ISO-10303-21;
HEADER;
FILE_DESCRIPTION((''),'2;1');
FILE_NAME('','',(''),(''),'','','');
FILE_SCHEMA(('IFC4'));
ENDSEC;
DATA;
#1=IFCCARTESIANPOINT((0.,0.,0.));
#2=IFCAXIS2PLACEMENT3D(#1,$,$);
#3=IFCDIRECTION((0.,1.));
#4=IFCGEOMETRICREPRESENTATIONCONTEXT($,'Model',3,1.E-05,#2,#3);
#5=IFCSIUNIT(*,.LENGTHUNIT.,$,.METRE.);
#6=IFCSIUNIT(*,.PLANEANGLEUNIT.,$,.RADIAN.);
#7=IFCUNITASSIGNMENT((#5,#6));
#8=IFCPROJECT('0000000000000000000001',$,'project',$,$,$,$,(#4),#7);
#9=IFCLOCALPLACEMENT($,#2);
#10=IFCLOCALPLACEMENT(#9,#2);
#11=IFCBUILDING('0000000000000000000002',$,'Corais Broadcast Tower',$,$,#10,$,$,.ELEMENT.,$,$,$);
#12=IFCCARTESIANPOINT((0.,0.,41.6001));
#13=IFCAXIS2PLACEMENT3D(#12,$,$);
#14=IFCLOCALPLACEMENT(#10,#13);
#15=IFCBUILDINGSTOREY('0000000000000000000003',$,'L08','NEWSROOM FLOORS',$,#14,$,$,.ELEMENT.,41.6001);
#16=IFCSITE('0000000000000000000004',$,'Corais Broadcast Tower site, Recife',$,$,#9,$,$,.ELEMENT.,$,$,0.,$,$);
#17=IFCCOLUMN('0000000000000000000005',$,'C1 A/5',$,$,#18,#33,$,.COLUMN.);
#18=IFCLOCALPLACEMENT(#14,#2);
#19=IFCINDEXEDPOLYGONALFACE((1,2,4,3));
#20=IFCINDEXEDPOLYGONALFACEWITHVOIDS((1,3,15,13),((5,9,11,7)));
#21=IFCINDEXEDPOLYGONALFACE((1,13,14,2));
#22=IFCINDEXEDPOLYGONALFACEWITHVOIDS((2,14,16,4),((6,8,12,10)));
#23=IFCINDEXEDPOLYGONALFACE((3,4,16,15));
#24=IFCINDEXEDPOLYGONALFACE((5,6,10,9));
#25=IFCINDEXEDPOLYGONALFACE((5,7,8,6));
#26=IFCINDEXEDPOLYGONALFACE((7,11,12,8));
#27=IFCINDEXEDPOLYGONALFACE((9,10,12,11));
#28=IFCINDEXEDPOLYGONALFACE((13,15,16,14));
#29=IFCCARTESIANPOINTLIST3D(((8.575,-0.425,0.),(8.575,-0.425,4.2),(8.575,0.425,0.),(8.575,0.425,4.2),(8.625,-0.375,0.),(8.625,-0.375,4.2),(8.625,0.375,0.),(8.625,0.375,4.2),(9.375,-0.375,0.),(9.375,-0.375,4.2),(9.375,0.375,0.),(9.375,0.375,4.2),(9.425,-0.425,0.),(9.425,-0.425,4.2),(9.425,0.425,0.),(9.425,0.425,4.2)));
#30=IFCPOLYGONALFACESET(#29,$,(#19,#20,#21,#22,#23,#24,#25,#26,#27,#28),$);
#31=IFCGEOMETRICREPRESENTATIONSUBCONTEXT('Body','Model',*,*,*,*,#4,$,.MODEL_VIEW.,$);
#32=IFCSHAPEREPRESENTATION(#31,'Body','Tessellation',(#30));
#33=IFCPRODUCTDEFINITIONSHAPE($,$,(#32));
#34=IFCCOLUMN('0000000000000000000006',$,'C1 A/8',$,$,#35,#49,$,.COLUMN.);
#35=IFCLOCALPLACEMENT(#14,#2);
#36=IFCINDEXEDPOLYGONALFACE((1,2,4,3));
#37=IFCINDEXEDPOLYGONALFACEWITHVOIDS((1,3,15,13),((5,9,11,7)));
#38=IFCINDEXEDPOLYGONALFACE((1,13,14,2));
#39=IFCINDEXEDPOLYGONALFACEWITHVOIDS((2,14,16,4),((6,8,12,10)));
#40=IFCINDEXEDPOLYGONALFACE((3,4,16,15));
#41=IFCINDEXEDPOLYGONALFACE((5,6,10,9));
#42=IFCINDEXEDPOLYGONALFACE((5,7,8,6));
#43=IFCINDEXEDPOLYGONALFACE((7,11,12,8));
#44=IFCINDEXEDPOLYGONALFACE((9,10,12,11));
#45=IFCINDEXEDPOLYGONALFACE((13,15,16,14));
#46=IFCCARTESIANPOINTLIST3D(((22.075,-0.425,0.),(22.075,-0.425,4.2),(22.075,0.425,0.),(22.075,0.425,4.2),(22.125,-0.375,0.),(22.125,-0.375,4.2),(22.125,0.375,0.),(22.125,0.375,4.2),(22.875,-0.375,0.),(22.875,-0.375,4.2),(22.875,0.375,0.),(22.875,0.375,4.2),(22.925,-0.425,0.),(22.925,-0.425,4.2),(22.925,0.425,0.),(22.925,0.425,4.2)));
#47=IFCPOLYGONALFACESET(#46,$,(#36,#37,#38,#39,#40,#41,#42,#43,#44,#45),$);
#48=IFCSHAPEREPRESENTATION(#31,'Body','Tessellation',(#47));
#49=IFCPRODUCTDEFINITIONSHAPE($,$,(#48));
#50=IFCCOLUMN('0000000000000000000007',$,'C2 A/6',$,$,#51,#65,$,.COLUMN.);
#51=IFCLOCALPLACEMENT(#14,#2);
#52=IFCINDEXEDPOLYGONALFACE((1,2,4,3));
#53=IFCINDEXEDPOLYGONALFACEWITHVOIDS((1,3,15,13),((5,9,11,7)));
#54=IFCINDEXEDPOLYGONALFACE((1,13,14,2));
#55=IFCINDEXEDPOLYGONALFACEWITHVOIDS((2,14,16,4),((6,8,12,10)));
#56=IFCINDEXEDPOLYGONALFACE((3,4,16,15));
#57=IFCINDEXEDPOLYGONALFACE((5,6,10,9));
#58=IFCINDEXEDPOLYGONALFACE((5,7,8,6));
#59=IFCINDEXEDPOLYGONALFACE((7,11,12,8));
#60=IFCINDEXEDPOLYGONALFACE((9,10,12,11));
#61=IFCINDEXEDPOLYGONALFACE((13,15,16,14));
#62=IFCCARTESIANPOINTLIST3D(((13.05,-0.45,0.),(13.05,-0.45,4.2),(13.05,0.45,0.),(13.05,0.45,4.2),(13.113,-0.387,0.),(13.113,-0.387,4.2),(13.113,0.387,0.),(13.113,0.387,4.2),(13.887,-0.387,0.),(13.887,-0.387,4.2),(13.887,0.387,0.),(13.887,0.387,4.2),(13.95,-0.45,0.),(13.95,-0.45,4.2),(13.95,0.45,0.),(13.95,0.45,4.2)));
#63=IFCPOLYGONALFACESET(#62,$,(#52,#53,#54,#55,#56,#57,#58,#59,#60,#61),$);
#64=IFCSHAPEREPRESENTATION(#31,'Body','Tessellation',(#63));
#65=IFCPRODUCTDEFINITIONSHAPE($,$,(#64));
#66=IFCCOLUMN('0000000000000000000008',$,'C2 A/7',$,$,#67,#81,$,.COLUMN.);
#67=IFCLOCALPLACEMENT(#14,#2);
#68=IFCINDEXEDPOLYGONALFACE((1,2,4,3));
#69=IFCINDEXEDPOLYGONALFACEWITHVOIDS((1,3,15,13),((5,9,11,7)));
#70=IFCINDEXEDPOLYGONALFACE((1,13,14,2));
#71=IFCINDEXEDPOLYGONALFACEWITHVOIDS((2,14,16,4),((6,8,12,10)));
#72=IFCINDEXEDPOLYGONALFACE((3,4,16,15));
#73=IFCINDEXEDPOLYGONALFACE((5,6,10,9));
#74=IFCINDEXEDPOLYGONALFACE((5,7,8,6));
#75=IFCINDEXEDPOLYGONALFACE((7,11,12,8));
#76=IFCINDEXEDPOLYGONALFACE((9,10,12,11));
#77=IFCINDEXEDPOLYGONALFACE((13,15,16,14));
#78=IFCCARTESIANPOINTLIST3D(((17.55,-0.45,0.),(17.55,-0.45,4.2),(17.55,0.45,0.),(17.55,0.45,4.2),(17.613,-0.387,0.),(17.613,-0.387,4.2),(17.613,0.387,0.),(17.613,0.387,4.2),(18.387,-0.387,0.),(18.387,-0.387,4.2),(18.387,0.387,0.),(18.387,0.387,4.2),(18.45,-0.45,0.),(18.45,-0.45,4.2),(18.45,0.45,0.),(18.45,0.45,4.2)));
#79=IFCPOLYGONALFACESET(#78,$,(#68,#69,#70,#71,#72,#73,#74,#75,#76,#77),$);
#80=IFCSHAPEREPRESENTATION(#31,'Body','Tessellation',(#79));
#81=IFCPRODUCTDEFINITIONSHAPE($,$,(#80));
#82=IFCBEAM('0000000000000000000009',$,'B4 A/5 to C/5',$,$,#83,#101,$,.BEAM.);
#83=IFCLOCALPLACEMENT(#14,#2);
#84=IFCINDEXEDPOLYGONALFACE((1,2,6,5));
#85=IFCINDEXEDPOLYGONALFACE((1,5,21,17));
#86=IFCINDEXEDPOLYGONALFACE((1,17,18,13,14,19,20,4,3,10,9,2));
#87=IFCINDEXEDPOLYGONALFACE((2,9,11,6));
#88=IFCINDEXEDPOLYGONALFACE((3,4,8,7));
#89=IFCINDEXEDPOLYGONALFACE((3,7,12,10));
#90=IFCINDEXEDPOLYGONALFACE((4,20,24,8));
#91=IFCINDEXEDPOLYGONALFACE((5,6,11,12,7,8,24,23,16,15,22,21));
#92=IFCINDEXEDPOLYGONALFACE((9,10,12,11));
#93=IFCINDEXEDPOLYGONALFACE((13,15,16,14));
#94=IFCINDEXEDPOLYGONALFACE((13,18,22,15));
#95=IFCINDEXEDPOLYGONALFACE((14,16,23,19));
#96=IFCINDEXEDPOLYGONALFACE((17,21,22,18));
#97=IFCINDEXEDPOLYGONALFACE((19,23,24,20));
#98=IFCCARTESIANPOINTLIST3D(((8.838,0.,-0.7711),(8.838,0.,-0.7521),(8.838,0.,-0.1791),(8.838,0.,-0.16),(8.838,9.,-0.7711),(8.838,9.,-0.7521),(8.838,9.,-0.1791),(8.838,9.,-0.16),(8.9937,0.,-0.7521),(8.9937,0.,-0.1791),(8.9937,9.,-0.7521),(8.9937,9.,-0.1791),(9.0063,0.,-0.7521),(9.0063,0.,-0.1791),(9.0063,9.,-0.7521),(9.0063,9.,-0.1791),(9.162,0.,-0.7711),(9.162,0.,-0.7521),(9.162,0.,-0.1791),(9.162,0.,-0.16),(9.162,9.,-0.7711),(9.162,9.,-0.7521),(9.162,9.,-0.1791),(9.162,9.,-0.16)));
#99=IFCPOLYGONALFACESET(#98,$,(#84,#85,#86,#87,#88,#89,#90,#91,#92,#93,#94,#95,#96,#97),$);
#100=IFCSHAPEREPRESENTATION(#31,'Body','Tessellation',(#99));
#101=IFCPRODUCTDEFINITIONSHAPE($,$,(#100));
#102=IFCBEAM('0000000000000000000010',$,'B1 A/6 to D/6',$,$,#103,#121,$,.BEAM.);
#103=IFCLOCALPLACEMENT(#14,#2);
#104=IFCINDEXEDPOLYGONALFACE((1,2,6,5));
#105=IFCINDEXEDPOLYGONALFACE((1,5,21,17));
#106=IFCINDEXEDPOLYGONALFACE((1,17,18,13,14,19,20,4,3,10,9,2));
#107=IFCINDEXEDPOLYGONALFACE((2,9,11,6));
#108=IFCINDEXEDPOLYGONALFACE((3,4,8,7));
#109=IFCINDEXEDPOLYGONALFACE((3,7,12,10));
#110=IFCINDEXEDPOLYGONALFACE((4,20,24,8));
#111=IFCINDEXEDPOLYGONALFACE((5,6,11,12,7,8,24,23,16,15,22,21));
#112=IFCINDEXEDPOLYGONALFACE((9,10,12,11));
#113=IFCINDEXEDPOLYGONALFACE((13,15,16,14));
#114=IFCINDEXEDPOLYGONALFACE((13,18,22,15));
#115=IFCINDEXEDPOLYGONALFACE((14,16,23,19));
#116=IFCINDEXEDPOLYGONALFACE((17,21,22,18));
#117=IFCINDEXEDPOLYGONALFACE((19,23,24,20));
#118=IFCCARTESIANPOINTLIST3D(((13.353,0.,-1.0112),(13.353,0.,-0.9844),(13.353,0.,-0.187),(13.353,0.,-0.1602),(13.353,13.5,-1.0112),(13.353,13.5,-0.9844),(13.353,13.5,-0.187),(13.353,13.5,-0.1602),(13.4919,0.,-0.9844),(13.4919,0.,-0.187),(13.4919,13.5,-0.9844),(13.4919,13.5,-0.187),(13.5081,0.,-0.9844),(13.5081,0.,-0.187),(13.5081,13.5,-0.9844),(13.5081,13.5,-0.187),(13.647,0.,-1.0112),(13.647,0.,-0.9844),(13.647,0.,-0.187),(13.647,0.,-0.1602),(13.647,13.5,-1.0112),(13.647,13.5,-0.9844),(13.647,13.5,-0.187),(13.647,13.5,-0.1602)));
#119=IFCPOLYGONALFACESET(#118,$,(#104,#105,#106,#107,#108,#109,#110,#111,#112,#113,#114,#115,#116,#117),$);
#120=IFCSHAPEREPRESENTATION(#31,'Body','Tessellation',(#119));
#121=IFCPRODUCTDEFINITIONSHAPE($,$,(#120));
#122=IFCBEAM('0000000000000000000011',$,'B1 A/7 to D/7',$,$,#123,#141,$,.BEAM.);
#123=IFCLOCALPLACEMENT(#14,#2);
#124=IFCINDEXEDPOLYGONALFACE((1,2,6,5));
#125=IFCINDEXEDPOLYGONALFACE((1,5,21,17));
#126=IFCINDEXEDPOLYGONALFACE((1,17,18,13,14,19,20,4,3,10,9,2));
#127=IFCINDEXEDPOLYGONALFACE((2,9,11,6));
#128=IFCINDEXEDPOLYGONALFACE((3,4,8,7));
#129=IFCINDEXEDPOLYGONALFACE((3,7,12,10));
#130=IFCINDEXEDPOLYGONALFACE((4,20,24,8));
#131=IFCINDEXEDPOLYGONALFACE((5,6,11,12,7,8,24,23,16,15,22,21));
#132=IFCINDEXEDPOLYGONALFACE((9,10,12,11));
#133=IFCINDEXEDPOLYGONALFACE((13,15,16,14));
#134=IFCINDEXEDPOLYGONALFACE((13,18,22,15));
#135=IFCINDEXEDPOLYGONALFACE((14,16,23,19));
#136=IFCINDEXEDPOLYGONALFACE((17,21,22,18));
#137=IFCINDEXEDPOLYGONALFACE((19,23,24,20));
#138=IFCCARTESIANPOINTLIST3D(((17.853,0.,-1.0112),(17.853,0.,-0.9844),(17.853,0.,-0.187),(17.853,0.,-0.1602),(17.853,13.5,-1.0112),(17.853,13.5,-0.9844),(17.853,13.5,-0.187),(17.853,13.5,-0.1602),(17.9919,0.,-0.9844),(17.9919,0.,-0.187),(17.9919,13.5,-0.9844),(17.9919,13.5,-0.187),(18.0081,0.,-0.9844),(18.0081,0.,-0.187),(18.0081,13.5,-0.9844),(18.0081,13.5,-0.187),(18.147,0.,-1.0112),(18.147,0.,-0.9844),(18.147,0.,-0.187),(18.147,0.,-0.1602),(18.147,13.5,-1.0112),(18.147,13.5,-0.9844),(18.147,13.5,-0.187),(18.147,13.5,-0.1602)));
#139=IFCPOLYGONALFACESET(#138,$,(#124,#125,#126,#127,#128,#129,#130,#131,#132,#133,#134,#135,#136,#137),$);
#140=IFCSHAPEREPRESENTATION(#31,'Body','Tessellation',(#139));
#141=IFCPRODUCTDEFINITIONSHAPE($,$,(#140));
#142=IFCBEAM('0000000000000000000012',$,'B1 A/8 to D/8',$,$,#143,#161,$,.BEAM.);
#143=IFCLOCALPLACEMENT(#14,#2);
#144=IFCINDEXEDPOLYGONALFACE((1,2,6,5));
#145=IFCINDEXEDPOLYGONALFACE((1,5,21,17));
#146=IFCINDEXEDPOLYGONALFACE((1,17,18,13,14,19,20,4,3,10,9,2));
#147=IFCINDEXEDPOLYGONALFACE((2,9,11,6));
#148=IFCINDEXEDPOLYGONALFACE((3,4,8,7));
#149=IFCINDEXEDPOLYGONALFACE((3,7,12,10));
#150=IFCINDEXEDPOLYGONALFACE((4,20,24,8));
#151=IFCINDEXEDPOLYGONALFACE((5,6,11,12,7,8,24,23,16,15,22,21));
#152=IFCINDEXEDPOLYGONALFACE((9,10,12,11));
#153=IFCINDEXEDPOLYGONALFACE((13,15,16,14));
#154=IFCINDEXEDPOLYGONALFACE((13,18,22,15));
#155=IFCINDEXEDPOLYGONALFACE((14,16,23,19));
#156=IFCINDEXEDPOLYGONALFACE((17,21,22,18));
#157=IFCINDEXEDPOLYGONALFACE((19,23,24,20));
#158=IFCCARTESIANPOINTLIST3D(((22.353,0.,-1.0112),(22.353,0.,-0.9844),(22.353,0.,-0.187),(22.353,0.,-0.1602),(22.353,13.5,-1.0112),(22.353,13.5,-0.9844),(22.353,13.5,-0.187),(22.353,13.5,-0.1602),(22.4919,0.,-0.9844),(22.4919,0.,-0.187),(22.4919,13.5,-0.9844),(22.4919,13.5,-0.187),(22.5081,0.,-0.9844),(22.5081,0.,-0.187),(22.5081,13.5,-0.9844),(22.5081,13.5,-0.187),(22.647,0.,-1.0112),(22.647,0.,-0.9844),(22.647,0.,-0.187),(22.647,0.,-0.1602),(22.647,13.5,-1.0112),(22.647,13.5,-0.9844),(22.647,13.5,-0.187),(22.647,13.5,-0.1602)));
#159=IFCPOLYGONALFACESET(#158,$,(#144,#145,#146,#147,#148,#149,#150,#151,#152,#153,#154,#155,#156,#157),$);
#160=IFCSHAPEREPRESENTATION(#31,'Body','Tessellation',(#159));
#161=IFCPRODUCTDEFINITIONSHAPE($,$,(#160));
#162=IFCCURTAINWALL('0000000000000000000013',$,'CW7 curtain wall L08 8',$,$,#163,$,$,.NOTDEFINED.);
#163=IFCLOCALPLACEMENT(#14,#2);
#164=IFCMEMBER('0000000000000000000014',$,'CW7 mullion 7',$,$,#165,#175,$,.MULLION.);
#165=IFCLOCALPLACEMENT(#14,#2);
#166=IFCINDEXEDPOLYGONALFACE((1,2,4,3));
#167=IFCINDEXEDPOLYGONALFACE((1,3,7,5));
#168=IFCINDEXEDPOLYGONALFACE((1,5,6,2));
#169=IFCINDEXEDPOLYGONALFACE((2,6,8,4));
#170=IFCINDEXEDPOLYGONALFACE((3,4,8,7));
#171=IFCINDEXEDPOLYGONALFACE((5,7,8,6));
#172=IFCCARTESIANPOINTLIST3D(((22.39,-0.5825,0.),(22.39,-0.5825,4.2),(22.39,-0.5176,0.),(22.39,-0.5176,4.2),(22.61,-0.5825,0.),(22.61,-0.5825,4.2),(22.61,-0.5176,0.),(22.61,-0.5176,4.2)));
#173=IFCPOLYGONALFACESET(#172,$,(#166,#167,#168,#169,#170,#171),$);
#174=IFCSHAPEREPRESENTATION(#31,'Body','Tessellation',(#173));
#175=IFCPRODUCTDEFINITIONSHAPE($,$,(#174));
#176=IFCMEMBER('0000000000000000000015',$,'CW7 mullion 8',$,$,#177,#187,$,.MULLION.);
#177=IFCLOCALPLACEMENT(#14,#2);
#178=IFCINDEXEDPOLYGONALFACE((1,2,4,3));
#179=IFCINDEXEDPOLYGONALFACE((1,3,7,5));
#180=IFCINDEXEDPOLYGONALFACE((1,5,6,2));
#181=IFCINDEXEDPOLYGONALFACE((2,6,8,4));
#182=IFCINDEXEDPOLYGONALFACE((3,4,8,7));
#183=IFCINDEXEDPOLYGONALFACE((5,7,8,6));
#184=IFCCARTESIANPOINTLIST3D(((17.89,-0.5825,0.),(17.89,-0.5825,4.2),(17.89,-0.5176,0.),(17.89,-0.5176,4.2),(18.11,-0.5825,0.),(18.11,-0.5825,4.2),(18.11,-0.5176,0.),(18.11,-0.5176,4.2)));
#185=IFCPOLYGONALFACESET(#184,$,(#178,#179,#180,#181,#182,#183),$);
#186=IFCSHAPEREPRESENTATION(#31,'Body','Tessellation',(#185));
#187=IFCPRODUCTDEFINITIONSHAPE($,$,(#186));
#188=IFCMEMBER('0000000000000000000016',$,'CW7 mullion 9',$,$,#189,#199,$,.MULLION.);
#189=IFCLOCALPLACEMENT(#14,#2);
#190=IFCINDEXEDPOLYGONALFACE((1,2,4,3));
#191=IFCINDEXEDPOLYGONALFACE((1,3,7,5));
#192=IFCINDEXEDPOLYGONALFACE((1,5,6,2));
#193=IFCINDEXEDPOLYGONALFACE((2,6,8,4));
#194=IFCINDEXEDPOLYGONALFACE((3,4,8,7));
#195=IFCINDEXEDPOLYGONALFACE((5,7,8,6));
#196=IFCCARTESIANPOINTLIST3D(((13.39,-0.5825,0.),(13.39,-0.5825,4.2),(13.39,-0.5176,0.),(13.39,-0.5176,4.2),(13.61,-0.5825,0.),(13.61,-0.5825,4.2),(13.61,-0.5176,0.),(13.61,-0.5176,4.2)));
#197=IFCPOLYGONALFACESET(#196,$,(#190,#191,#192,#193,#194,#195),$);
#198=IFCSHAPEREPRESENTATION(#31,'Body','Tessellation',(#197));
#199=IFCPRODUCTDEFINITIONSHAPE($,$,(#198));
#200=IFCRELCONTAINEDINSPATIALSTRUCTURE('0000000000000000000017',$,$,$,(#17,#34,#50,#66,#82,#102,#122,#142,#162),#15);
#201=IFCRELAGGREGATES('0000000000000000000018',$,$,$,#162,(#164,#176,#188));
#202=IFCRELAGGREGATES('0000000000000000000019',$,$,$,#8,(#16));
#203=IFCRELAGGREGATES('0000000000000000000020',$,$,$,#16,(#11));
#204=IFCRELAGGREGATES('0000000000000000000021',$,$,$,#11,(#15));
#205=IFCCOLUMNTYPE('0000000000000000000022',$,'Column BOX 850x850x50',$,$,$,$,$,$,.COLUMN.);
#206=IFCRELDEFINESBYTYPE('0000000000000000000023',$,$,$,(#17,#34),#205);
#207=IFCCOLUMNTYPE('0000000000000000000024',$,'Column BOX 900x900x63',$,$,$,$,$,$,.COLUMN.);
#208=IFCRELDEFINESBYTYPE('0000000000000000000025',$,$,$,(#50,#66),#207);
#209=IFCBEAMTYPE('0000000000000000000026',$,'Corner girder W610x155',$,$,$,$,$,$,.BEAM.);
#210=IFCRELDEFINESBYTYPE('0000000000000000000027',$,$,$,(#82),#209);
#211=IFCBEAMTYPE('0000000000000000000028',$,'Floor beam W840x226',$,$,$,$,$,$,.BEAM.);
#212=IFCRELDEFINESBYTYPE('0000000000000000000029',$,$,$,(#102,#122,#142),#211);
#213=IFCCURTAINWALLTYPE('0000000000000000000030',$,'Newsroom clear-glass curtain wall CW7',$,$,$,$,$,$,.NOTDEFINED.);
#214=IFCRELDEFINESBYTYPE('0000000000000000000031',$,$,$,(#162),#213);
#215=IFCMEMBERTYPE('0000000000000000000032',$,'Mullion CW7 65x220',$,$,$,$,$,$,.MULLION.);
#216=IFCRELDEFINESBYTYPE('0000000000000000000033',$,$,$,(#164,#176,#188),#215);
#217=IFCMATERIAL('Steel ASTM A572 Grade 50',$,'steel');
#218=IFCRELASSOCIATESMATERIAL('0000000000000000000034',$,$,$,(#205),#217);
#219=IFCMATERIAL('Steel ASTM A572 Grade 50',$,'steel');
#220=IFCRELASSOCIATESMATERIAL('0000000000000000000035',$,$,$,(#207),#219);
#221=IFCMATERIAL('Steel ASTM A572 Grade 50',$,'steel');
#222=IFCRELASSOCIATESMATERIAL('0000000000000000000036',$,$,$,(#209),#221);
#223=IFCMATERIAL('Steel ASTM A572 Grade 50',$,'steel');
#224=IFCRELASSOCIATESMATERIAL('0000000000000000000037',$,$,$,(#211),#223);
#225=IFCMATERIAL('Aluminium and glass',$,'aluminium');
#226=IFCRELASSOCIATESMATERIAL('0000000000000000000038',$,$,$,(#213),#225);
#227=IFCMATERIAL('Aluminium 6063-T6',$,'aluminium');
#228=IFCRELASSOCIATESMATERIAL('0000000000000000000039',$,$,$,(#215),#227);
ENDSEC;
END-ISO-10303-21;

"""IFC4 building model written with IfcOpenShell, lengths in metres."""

from ifc_helpers import new_model, si_unit, direction, frame, origin, origin_2d, place, context, subcontext, project, spatial, rectangle, hollow_rectangle, i_section, extrude, material, material_profile, profile_set, type_object, element, aggregate, save


model = new_model("IFC4")

# Units and contexts
model_context = context("Model", 3, precision=1e-05, world=origin(), true_north=direction((0.0, 1.0)))
body_context = subcontext(model_context, "Body", "Model", "MODEL_VIEW")
ifc_project = project(units=[si_unit("LENGTHUNIT", "METRE"), si_unit("PLANEANGLEUNIT", "RADIAN")], contexts=[model_context])

# Site, building, storey
site_placement = place(None, origin())
site = spatial("IfcSite", under=ifc_project, at=site_placement, Name="Corais Broadcast Tower site, Recife", CompositionType="ELEMENT", RefElevation=0.0)
building_placement = place(site_placement, origin())
building = spatial("IfcBuilding", under=site, at=building_placement, Name="Corais Broadcast Tower", CompositionType="ELEMENT")
storey_placement = place(building_placement, frame((0.0, 0.0, 41.6001)))
storey = spatial("IfcBuildingStorey", under=building, at=storey_placement, Name="L08", Description="NEWSROOM FLOORS", CompositionType="ELEMENT", Elevation=41.6001)

# Columns
ifc_material_1 = material(Name="Steel ASTM A572 Grade 50", Category="steel")
ifc_material_profile_1 = material_profile(ifc_material_1, hollow_rectangle(XDim=0.8501, YDim=0.8501, WallThickness=0.05, at=origin_2d()), Name="BOX 850x850x50")
ifc_profile_set_1 = profile_set([ifc_material_profile_1], Name="Steel ASTM A572 Grade 50")
column_type_1 = type_object("IfcColumnType", Name="Column BOX 850x850x50", PredefinedType="COLUMN", material=ifc_profile_set_1)
for number, where, z_axis, x_axis, name in (
    (1, (9.0, 0.0, 0.0), (0.0, 0.0, 1.0), (1.0, 0.0, 0.0), "C1 A/5"),
    (2, (22.5, 0.0, 0.0), (0.0, 0.0, 1.0), (1.0, 0.0, 0.0), "C1 A/8"),
):
    element("IfcColumn", number, at=place(storey_placement, frame(where, z_axis=z_axis, x_axis=x_axis)), inside=storey, type_object=column_type_1, Name=name, PredefinedType="COLUMN", context=body_context, shape_type="SweptSolid", body=[
        extrude(hollow_rectangle(XDim=0.8501, YDim=0.8501, WallThickness=0.05, at=origin_2d()), origin(), (0.0, 0.0, 1.0), 4.2),
    ])
ifc_material_2 = material(Name="Steel ASTM A572 Grade 50", Category="steel")
ifc_material_profile_2 = material_profile(ifc_material_2, hollow_rectangle(XDim=0.8999, YDim=0.8999, WallThickness=0.063, at=origin_2d()), Name="BOX 900x900x63")
ifc_profile_set_2 = profile_set([ifc_material_profile_2], Name="Steel ASTM A572 Grade 50")
column_type_2 = type_object("IfcColumnType", Name="Column BOX 900x900x63", PredefinedType="COLUMN", material=ifc_profile_set_2)
for number, where, z_axis, x_axis, name in (
    (3, (13.5, 0.0, 0.0), (0.0, 0.0, 1.0), (1.0, 0.0, 0.0), "C2 A/6"),
    (4, (18.0, 0.0, 0.0), (0.0, 0.0, 1.0), (1.0, 0.0, 0.0), "C2 A/7"),
):
    element("IfcColumn", number, at=place(storey_placement, frame(where, z_axis=z_axis, x_axis=x_axis)), inside=storey, type_object=column_type_2, Name=name, PredefinedType="COLUMN", context=body_context, shape_type="SweptSolid", body=[
        extrude(hollow_rectangle(XDim=0.8999, YDim=0.8999, WallThickness=0.063, at=origin_2d()), origin(), (0.0, 0.0, 1.0), 4.2),
    ])

# Beams
ifc_material_3 = material(Name="Steel ASTM A572 Grade 50", Category="steel")
ifc_material_profile_3 = material_profile(ifc_material_3, i_section(OverallWidth=0.324, OverallDepth=0.6111, WebThickness=0.0127, FlangeThickness=0.019, at=origin_2d()), Name="W610x155")
ifc_profile_set_3 = profile_set([ifc_material_profile_3], Name="Steel ASTM A572 Grade 50")
beam_type_1 = type_object("IfcBeamType", Name="Corner girder W610x155", PredefinedType="BEAM", material=ifc_profile_set_3)
beam_1_placement = place(storey_placement, frame((9.0, 0.0, -0.4656), z_axis=(0.0, 1.0, 0.0), x_axis=(-1.0, 0.0, 0.0)))
element("IfcBeam", 5, at=beam_1_placement, inside=storey, type_object=beam_type_1, Name="B4 A/5 to C/5", PredefinedType="BEAM", context=body_context, shape_type="SweptSolid", body=[
    extrude(i_section(OverallWidth=0.324, OverallDepth=0.6111, WebThickness=0.0127, FlangeThickness=0.019, at=origin_2d()), origin(), (0.0, 0.0, 1.0), 9.0),
])
ifc_material_4 = material(Name="Steel ASTM A572 Grade 50", Category="steel")
ifc_material_profile_4 = material_profile(ifc_material_4, i_section(OverallWidth=0.2939, OverallDepth=0.8511, WebThickness=0.0161, FlangeThickness=0.0269, at=origin_2d()), Name="W840x226")
ifc_profile_set_4 = profile_set([ifc_material_profile_4], Name="Steel ASTM A572 Grade 50")
beam_type_2 = type_object("IfcBeamType", Name="Floor beam W840x226", PredefinedType="BEAM", material=ifc_profile_set_4)
for number, where, z_axis, x_axis, name in (
    (6, (13.5, 0.0, -0.5857), (0.0, 1.0, 0.0), (-1.0, 0.0, 0.0), "B1 A/6 to D/6"),
    (7, (18.0, 0.0, -0.5857), (0.0, 1.0, 0.0), (-1.0, 0.0, 0.0), "B1 A/7 to D/7"),
    (8, (22.5, 0.0, -0.5857), (0.0, 1.0, 0.0), (-1.0, 0.0, 0.0), "B1 A/8 to D/8"),
):
    element("IfcBeam", number, at=place(storey_placement, frame(where, z_axis=z_axis, x_axis=x_axis)), inside=storey, type_object=beam_type_2, Name=name, PredefinedType="BEAM", context=body_context, shape_type="SweptSolid", body=[
        extrude(i_section(OverallWidth=0.2939, OverallDepth=0.8511, WebThickness=0.0161, FlangeThickness=0.0269, at=origin_2d()), origin(), (0.0, 0.0, 1.0), 13.5),
    ])

# Curtain wall, members
ifc_material_5 = material(Name="Aluminium and glass", Category="aluminium")
curtain_wall_type = type_object("IfcCurtainWallType", Name="Newsroom clear-glass curtain wall CW7", PredefinedType="NOTDEFINED", material=ifc_material_5)
curtain_wall_placement = place(storey_placement, origin())
curtain_wall = element("IfcCurtainWall", 9, at=curtain_wall_placement, inside=storey, type_object=curtain_wall_type, Name="CW7 curtain wall L08 8", PredefinedType="NOTDEFINED")
ifc_material_6 = material(Name="Aluminium 6063-T6", Category="aluminium")
ifc_material_profile_5 = material_profile(ifc_material_6, rectangle(XDim=0.0649, YDim=0.22, at=origin_2d()), Name="Mullion CW7 65x220")
ifc_profile_set_5 = profile_set([ifc_material_profile_5], Name="Aluminium 6063-T6")
member_type_1 = type_object("IfcMemberType", Name="Mullion CW7 65x220", PredefinedType="MULLION", material=ifc_profile_set_5)
member_1_placement = place(storey_placement, frame((22.5, -0.55, 0.0), z_axis=(0.0, 0.0, 1.0), x_axis=(0.0, -1.0, 0.0)))
member_1 = element("IfcMember", 10, at=member_1_placement, type_object=member_type_1, Name="CW7 mullion 7", PredefinedType="MULLION", context=body_context, shape_type="SweptSolid", body=[
    extrude(rectangle(XDim=0.0649, YDim=0.22, at=origin_2d()), origin(), (0.0, 0.0, 1.0), 4.2),
])
member_2_placement = place(storey_placement, frame((18.0, -0.55, 0.0), z_axis=(0.0, 0.0, 1.0), x_axis=(0.0, -1.0, 0.0)))
member_2 = element("IfcMember", 11, at=member_2_placement, type_object=member_type_1, Name="CW7 mullion 8", PredefinedType="MULLION", context=body_context, shape_type="SweptSolid", body=[
    extrude(rectangle(XDim=0.0649, YDim=0.22, at=origin_2d()), origin(), (0.0, 0.0, 1.0), 4.2),
])
member_3_placement = place(storey_placement, frame((13.5, -0.55, 0.0), z_axis=(0.0, 0.0, 1.0), x_axis=(0.0, -1.0, 0.0)))
member_3 = element("IfcMember", 12, at=member_3_placement, type_object=member_type_1, Name="CW7 mullion 9", PredefinedType="MULLION", context=body_context, shape_type="SweptSolid", body=[
    extrude(rectangle(XDim=0.0649, YDim=0.22, at=origin_2d()), origin(), (0.0, 0.0, 1.0), 4.2),
])

aggregate(curtain_wall, [member_1, member_2, member_3])

save(model, "model.ifc")
